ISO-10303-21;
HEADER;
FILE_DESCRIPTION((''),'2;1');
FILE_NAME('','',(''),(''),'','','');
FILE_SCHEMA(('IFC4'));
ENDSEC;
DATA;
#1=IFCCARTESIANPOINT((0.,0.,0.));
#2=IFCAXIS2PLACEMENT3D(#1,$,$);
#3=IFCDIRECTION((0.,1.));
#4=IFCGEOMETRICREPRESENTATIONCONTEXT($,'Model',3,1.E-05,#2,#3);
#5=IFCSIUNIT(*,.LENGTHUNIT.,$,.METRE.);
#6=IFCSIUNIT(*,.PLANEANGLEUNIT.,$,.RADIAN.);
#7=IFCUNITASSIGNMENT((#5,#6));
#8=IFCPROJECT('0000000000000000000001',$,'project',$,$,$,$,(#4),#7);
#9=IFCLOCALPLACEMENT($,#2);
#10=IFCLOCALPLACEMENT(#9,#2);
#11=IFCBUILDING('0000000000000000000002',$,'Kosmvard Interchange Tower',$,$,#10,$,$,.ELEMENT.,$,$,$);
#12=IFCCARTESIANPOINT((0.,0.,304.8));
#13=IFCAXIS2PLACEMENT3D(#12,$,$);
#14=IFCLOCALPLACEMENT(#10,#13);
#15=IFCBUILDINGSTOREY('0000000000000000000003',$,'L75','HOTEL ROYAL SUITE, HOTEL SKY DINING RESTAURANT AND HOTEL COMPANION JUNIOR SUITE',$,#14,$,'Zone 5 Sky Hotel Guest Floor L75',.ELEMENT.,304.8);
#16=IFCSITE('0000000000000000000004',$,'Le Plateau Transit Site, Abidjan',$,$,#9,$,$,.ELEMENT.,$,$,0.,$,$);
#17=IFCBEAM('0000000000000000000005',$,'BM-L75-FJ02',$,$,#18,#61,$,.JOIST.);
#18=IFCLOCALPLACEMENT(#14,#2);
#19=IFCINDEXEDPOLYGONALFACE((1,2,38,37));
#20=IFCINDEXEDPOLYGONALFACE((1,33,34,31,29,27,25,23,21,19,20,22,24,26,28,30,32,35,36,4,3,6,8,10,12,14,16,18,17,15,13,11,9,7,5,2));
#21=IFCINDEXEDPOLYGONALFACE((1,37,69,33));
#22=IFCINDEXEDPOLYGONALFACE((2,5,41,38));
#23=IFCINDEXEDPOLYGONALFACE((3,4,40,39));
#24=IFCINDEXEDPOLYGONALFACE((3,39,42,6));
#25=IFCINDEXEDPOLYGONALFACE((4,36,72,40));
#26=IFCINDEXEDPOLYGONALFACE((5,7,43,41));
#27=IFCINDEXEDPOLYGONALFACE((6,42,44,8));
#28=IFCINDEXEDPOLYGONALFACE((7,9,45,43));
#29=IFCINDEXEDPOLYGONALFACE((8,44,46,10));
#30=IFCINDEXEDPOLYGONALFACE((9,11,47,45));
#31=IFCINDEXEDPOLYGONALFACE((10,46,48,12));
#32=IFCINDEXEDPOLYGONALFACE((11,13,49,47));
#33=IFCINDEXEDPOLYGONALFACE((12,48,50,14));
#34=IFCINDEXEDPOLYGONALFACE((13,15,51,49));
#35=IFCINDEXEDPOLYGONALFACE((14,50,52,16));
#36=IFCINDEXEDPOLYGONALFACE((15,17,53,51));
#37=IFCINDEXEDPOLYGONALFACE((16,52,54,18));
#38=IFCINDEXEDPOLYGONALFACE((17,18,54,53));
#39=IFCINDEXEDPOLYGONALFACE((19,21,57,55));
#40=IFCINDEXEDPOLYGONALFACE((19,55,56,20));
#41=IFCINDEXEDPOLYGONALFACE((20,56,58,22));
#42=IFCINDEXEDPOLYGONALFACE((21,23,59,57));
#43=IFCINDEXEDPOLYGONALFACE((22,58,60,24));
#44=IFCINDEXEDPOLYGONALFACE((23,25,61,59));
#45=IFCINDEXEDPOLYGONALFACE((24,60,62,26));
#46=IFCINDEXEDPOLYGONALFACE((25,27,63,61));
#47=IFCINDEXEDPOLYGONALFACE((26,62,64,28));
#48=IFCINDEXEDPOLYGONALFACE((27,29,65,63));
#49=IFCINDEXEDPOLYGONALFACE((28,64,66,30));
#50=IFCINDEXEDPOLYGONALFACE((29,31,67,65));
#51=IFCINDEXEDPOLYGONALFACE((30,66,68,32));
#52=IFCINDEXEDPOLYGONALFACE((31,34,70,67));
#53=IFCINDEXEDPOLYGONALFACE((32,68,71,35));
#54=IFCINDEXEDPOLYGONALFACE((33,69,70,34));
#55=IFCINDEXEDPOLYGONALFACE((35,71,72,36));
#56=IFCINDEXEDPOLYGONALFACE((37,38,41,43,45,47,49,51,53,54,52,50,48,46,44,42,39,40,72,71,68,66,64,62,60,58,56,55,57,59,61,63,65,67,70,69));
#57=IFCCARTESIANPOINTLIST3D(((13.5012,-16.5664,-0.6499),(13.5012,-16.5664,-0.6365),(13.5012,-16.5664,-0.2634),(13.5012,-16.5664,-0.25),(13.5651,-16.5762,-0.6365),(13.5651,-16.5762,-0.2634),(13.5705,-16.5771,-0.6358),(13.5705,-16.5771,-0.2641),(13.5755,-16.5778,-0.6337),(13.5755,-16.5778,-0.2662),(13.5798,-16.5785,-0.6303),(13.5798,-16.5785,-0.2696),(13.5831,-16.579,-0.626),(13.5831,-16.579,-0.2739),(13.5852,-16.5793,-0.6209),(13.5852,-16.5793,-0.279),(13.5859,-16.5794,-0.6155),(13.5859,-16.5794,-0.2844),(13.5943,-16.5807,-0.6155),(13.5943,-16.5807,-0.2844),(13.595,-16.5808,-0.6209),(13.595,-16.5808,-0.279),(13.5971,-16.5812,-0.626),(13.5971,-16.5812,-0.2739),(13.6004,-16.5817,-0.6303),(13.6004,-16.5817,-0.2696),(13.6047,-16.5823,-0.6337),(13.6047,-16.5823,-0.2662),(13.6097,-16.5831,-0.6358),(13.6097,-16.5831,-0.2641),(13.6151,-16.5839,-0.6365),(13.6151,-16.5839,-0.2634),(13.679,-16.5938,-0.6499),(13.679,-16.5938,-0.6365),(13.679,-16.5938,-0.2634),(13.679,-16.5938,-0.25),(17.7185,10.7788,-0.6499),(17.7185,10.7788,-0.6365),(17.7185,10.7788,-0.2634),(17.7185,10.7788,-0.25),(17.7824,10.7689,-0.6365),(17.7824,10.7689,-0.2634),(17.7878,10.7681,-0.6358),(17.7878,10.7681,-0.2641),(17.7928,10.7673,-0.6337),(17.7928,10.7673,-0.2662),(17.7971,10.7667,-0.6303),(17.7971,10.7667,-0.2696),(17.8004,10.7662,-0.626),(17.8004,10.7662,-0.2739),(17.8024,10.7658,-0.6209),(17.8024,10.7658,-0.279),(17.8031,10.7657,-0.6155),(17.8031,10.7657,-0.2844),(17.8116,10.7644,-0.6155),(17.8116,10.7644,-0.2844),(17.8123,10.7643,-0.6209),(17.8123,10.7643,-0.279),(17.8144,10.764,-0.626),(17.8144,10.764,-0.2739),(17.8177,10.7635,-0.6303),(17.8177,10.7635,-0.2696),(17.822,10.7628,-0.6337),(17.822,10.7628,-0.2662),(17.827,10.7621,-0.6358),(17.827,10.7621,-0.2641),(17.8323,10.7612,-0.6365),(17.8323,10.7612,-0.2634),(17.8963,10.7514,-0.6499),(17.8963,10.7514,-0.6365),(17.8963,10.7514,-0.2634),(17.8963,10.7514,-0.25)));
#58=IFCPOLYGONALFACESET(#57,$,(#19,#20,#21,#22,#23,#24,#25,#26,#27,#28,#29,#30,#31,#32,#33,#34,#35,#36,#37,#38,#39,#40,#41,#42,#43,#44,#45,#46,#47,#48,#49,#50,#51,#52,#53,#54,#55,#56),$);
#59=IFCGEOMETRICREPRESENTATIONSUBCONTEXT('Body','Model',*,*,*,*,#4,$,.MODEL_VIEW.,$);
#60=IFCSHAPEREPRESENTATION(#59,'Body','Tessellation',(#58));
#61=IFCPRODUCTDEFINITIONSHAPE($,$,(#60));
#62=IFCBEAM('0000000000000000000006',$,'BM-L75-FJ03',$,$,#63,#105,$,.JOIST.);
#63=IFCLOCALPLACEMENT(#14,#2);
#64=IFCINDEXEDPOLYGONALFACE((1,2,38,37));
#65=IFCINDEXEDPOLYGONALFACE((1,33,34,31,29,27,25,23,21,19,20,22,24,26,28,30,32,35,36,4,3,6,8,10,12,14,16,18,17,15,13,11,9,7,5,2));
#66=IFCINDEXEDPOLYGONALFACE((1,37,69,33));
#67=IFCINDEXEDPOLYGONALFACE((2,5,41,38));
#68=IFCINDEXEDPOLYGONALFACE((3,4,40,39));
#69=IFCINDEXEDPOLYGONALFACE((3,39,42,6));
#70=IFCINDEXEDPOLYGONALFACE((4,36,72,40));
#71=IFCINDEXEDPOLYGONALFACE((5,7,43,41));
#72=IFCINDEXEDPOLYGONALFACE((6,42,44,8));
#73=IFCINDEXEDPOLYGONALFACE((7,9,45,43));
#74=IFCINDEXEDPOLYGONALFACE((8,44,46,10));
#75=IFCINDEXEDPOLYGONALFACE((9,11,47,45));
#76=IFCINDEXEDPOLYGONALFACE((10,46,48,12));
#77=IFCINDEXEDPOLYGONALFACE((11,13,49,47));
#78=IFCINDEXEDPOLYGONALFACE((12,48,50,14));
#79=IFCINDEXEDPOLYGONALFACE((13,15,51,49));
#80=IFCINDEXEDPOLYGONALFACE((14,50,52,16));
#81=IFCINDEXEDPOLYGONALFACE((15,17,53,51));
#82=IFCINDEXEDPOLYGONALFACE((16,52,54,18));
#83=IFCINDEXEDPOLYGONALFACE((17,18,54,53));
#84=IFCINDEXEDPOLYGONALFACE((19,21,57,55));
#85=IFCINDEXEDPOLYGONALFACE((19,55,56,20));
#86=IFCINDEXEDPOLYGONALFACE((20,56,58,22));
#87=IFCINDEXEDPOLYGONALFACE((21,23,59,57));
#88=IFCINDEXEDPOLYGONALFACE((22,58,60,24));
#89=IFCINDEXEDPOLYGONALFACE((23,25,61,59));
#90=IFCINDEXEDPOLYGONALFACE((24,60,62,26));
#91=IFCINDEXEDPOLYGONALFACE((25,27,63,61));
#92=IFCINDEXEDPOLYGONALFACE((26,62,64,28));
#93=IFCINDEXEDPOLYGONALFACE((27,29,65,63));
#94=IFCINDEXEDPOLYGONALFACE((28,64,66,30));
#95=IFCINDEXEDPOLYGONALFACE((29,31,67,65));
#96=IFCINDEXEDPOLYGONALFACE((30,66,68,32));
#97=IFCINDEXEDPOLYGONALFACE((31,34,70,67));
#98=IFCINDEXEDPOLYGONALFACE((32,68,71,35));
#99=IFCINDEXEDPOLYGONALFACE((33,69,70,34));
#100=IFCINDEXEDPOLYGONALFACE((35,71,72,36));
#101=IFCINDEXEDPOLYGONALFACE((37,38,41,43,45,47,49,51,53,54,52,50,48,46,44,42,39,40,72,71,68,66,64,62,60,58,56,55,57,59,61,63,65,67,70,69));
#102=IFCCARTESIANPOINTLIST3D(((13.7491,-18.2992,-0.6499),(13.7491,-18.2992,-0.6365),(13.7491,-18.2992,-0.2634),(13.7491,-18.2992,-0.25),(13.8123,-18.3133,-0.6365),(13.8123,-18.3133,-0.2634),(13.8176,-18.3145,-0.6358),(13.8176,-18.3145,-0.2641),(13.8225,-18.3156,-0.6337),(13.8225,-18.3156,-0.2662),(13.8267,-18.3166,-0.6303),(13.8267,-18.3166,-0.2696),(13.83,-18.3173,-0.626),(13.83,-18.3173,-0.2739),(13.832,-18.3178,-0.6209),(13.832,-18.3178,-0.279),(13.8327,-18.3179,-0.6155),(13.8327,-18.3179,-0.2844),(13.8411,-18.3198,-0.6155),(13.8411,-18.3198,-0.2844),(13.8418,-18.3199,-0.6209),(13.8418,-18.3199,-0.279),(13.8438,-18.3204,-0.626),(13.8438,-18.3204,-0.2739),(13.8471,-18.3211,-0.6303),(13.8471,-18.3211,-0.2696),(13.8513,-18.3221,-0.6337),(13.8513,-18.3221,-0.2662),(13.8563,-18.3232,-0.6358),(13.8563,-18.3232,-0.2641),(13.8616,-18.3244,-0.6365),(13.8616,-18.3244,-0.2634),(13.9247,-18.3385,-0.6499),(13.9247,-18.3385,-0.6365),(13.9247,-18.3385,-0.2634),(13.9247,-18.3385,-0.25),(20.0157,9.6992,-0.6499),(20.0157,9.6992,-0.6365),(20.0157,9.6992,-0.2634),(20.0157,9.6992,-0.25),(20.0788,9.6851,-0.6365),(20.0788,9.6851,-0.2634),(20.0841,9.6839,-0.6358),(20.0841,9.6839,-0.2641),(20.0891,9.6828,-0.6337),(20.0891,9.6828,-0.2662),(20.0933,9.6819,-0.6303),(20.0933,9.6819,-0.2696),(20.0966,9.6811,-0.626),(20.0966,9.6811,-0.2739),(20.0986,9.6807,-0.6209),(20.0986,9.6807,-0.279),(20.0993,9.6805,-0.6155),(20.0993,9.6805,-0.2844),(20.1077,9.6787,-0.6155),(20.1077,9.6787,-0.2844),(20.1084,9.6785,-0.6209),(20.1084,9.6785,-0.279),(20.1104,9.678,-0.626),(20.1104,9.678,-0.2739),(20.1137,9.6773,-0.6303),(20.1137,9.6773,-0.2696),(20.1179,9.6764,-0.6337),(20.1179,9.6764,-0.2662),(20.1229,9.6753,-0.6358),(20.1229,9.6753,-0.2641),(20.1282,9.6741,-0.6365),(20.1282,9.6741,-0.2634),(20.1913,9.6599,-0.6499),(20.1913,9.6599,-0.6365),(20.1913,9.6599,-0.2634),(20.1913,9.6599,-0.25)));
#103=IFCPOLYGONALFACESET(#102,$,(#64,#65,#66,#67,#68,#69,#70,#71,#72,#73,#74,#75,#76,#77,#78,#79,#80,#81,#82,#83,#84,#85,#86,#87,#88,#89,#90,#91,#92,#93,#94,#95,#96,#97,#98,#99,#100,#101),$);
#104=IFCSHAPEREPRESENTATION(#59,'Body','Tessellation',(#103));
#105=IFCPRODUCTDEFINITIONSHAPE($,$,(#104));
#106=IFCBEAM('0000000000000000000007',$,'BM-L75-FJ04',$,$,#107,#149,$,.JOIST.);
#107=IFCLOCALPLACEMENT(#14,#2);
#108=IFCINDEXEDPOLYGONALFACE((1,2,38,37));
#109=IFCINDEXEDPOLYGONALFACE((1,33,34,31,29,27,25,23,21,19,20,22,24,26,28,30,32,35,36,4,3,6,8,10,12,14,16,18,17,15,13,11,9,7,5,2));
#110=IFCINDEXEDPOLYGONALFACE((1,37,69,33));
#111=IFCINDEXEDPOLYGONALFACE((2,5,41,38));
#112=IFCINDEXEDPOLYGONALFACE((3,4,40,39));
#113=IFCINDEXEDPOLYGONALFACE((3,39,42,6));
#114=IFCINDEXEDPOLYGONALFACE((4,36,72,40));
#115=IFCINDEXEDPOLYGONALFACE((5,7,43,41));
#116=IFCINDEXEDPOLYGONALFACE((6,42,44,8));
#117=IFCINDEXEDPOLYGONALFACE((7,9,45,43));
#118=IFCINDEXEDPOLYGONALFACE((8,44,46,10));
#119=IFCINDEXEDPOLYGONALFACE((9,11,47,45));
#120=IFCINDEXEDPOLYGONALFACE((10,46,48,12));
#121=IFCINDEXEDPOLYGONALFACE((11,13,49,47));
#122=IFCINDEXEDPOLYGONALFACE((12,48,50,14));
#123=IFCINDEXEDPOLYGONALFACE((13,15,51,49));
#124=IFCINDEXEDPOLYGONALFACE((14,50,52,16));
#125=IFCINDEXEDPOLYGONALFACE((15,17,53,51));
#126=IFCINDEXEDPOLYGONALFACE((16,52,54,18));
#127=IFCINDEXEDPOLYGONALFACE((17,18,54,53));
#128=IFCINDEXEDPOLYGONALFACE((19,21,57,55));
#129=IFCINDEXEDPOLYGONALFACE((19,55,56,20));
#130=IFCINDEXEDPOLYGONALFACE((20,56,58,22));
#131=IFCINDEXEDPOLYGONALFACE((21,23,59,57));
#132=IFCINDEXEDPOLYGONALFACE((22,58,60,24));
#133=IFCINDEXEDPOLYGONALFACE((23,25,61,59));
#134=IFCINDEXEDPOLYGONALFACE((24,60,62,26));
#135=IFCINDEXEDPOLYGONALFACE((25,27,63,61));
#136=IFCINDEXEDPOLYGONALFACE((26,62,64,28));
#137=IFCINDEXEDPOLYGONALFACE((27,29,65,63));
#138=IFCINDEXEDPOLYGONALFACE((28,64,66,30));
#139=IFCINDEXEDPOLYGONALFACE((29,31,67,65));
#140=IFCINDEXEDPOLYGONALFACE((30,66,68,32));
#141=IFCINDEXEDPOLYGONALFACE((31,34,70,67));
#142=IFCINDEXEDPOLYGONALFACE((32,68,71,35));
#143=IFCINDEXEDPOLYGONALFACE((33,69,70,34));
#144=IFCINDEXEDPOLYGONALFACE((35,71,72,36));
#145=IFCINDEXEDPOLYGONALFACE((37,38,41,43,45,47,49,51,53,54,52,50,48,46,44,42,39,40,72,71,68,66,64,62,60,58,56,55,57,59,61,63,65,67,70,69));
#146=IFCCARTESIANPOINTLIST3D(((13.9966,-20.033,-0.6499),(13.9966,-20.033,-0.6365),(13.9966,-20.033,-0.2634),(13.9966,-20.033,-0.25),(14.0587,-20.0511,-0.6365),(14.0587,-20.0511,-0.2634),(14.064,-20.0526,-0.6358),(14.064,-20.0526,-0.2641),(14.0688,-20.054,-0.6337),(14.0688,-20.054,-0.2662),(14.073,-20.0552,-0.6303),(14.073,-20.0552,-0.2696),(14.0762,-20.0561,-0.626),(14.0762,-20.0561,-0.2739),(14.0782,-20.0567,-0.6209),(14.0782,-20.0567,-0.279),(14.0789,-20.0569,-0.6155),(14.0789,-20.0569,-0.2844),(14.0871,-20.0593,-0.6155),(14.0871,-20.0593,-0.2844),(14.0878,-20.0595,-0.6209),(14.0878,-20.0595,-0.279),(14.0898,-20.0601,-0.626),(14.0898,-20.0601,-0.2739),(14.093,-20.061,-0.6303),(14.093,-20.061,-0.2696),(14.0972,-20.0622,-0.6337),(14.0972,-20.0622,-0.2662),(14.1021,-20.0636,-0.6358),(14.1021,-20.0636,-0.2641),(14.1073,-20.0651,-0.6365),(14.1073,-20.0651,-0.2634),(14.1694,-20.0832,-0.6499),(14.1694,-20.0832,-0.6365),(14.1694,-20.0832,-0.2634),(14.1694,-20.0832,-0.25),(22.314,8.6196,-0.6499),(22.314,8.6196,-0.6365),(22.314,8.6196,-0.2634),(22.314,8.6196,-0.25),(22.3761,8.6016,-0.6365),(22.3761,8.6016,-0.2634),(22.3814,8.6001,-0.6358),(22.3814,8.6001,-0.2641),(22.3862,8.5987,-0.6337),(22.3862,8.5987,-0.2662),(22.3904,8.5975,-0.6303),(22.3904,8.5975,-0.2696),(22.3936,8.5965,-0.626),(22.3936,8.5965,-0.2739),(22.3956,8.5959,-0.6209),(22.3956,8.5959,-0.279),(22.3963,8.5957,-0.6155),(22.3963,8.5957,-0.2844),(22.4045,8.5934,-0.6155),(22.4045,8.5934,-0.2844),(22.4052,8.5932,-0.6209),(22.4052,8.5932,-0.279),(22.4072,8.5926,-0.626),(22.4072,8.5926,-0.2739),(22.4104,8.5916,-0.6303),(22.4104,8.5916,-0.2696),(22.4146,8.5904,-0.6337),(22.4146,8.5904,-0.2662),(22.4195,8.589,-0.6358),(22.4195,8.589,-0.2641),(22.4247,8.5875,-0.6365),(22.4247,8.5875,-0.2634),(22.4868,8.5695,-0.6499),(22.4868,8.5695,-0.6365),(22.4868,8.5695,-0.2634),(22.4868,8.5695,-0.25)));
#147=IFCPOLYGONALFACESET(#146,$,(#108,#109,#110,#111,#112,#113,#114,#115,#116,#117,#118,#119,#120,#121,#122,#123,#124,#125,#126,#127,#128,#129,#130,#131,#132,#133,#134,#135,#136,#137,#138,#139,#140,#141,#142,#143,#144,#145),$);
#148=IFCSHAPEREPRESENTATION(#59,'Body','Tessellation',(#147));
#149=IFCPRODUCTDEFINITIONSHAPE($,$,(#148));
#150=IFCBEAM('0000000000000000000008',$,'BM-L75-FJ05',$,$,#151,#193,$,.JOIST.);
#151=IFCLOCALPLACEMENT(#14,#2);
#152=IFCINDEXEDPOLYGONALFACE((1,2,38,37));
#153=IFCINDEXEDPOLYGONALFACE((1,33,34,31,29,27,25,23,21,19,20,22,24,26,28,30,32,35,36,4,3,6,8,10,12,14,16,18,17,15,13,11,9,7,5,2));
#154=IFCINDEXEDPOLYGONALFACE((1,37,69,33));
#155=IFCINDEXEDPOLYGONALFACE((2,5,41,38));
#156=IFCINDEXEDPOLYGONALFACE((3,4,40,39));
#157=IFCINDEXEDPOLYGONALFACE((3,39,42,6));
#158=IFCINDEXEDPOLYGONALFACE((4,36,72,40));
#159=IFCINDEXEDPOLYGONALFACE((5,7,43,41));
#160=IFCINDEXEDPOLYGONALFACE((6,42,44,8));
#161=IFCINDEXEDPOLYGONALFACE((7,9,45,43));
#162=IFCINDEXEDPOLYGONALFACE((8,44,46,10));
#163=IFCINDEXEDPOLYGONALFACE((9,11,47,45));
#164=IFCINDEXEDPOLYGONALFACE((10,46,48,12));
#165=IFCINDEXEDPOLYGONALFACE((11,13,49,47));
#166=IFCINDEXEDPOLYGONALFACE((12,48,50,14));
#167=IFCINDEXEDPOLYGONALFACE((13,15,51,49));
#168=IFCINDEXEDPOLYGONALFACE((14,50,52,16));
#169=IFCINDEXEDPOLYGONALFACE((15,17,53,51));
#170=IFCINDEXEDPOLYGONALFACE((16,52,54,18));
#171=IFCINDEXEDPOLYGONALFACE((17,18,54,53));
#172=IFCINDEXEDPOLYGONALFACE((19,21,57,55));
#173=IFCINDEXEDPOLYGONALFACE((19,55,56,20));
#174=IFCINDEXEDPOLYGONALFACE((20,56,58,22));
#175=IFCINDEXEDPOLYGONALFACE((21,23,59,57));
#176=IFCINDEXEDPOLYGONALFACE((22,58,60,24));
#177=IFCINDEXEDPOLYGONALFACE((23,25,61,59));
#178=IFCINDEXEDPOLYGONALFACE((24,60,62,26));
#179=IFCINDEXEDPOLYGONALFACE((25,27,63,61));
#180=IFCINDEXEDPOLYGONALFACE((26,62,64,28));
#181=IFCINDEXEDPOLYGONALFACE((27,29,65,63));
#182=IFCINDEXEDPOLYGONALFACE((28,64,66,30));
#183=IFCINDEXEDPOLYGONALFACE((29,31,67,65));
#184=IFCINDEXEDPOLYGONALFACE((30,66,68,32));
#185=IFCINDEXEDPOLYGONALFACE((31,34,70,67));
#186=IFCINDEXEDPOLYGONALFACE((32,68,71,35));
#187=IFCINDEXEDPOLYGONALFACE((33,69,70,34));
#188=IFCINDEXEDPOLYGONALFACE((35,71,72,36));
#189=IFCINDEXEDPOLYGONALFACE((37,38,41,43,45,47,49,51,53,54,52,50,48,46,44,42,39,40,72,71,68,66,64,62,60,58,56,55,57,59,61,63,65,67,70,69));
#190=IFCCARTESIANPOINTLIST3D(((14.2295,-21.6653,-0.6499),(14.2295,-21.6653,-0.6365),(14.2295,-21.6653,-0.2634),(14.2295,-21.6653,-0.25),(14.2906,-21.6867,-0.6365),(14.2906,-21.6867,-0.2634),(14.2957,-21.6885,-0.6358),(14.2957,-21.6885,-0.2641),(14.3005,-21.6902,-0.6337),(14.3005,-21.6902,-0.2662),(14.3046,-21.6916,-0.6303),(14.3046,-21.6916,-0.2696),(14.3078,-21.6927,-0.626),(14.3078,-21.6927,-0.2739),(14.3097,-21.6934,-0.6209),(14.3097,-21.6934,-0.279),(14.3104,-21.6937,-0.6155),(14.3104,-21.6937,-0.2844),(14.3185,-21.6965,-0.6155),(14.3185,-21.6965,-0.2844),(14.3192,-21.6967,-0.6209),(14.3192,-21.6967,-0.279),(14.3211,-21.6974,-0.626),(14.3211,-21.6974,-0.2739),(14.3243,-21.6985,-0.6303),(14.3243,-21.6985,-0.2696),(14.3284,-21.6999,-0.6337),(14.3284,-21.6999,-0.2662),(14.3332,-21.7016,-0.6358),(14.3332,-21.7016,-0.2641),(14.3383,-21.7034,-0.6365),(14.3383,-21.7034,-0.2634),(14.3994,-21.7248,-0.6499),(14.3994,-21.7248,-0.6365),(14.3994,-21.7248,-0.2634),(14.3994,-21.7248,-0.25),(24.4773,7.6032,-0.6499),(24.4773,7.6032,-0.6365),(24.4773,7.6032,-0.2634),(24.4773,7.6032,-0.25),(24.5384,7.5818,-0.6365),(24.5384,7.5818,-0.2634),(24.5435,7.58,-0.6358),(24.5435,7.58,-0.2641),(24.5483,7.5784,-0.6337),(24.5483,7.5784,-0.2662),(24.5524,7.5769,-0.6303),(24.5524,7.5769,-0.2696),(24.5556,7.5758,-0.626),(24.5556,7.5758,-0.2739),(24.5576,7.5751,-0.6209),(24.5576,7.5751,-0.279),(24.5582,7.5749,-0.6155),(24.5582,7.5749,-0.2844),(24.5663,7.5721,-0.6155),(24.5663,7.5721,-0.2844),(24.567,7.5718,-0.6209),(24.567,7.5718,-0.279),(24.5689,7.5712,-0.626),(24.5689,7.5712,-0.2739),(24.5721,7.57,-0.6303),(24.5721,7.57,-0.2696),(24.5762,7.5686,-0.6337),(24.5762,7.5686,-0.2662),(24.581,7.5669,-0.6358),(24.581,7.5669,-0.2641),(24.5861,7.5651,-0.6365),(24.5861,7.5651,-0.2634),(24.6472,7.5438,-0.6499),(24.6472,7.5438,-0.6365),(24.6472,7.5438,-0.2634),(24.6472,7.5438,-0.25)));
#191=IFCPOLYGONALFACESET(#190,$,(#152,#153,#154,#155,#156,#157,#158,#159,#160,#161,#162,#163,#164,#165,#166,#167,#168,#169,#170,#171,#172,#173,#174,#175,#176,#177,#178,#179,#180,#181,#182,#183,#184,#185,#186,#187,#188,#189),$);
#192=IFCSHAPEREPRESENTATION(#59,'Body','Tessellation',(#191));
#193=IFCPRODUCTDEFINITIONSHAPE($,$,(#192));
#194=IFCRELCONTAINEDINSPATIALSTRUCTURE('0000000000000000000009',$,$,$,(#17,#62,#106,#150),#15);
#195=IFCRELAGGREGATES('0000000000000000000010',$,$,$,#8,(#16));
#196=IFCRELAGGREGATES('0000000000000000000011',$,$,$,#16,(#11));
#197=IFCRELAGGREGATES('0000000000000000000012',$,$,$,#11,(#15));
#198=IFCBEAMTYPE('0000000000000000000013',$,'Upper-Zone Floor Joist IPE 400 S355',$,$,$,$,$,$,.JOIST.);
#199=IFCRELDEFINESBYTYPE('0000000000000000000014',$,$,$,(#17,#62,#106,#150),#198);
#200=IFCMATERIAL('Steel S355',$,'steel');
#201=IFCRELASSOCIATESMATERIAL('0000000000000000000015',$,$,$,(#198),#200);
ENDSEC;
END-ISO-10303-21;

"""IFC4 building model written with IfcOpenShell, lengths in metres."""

from ifc_helpers import new_model, si_unit, direction, frame, origin, origin_2d, place, context, subcontext, project, spatial, i_section, extrude, source, transform, mapped, material, material_profile, profile_set, type_object, element, save


model = new_model("IFC4")

# Units and contexts
model_context = context("Model", 3, precision=1e-05, world=origin(), true_north=direction((0.0, 1.0)))
body_context = subcontext(model_context, "Body", "Model", "MODEL_VIEW")
ifc_project = project(units=[si_unit("LENGTHUNIT", "METRE"), si_unit("PLANEANGLEUNIT", "RADIAN")], contexts=[model_context])

# Site, building, storey
site_placement = place(None, origin())
site = spatial("IfcSite", under=ifc_project, at=site_placement, Name="Le Plateau Transit Site, Abidjan", CompositionType="ELEMENT", RefElevation=0.0)
building_placement = place(site_placement, origin())
building = spatial("IfcBuilding", under=site, at=building_placement, Name="Kosmvard Interchange Tower", CompositionType="ELEMENT")
storey_placement = place(building_placement, frame((0.0, 0.0, 304.8)))
storey = spatial("IfcBuildingStorey", under=building, at=storey_placement, Name="L75", Description="HOTEL ROYAL SUITE, HOTEL SKY DINING RESTAURANT AND HOTEL COMPANION JUNIOR SUITE", LongName="Zone 5 Sky Hotel Guest Floor L75", CompositionType="ELEMENT", Elevation=304.8)

# Beams
ifc_material_1 = material(Name="Steel S355", Category="steel")
ifc_material_profile_1 = material_profile(ifc_material_1, i_section(OverallWidth=0.1799, OverallDepth=0.3999, WebThickness=0.0085, FlangeThickness=0.0134, FilletRadius=0.021, at=origin_2d()), Name="IPE 400")
ifc_profile_set_1 = profile_set([ifc_material_profile_1], Name="Steel S355")
beam_type_1 = type_object("IfcBeamType", Name="Upper-Zone Floor Joist IPE 400 S355", PredefinedType="JOIST", material=ifc_profile_set_1)
shared_shape_1 = source(origin(), body_context, "Body", "SweptSolid", [
    extrude(i_section(OverallWidth=0.1799, OverallDepth=0.3999, WebThickness=0.0085, FlangeThickness=0.0134, FilletRadius=0.021, at=origin_2d()), origin(), (0.0, 0.0, 1.0), 27.6685),
])
beam_1_placement = place(storey_placement, frame((13.5901, -16.5801, -0.45), z_axis=(0.152422, 0.988316, 0.0), x_axis=(-0.988316, 0.152422, 0.0)))
element("IfcBeam", 1, at=beam_1_placement, inside=storey, type_object=beam_type_1, Name="BM-L75-FJ02", PredefinedType="JOIST", context=body_context, shape_type="MappedRepresentation", body=[
    mapped(shared_shape_1, transform((0.0, 0.0, 0.0), scale=1.0)),
])
shared_shape_2 = source(origin(), body_context, "Body", "SweptSolid", [
    extrude(i_section(OverallWidth=0.1799, OverallDepth=0.3999, WebThickness=0.0085, FlangeThickness=0.0134, FilletRadius=0.021, at=origin_2d()), origin(), (0.0, 0.0, 1.0), 28.6912),
])
beam_2_placement = place(storey_placement, frame((13.8369, -18.3188, -0.45), z_axis=(0.218415, 0.975856, 0.0), x_axis=(-0.975856, 0.218415, 0.0)))
element("IfcBeam", 2, at=beam_2_placement, inside=storey, type_object=beam_type_1, Name="BM-L75-FJ03", PredefinedType="JOIST", context=body_context, shape_type="MappedRepresentation", body=[
    mapped(shared_shape_2, transform((0.0, 0.0, 0.0), scale=1.0)),
])
shared_shape_3 = source(origin(), body_context, "Body", "SweptSolid", [
    extrude(i_section(OverallWidth=0.1799, OverallDepth=0.3999, WebThickness=0.0085, FlangeThickness=0.0134, FilletRadius=0.021, at=origin_2d()), origin(), (0.0, 0.0, 1.0), 29.8354),
])
beam_3_placement = place(storey_placement, frame((14.083, -20.0581, -0.45), z_axis=(0.278776, 0.960356, 0.0), x_axis=(-0.960356, 0.278776, 0.0)))
element("IfcBeam", 3, at=beam_3_placement, inside=storey, type_object=beam_type_1, Name="BM-L75-FJ04", PredefinedType="JOIST", context=body_context, shape_type="MappedRepresentation", body=[
    mapped(shared_shape_3, transform((0.0, 0.0, 0.0), scale=1.0)),
])
shared_shape_4 = source(origin(), body_context, "Body", "SweptSolid", [
    extrude(i_section(OverallWidth=0.1799, OverallDepth=0.3999, WebThickness=0.0085, FlangeThickness=0.0134, FilletRadius=0.021, at=origin_2d()), origin(), (0.0, 0.0, 1.0), 31.0107),
])
beam_4_placement = place(storey_placement, frame((14.3145, -21.6951, -0.45), z_axis=(0.33046, 0.94382, 0.0), x_axis=(-0.94382, 0.33046, 0.0)))
element("IfcBeam", 4, at=beam_4_placement, inside=storey, type_object=beam_type_1, Name="BM-L75-FJ05", PredefinedType="JOIST", context=body_context, shape_type="MappedRepresentation", body=[
    mapped(shared_shape_4, transform((0.0, 0.0, 0.0), scale=1.0)),
])

save(model, "model.ifc")
